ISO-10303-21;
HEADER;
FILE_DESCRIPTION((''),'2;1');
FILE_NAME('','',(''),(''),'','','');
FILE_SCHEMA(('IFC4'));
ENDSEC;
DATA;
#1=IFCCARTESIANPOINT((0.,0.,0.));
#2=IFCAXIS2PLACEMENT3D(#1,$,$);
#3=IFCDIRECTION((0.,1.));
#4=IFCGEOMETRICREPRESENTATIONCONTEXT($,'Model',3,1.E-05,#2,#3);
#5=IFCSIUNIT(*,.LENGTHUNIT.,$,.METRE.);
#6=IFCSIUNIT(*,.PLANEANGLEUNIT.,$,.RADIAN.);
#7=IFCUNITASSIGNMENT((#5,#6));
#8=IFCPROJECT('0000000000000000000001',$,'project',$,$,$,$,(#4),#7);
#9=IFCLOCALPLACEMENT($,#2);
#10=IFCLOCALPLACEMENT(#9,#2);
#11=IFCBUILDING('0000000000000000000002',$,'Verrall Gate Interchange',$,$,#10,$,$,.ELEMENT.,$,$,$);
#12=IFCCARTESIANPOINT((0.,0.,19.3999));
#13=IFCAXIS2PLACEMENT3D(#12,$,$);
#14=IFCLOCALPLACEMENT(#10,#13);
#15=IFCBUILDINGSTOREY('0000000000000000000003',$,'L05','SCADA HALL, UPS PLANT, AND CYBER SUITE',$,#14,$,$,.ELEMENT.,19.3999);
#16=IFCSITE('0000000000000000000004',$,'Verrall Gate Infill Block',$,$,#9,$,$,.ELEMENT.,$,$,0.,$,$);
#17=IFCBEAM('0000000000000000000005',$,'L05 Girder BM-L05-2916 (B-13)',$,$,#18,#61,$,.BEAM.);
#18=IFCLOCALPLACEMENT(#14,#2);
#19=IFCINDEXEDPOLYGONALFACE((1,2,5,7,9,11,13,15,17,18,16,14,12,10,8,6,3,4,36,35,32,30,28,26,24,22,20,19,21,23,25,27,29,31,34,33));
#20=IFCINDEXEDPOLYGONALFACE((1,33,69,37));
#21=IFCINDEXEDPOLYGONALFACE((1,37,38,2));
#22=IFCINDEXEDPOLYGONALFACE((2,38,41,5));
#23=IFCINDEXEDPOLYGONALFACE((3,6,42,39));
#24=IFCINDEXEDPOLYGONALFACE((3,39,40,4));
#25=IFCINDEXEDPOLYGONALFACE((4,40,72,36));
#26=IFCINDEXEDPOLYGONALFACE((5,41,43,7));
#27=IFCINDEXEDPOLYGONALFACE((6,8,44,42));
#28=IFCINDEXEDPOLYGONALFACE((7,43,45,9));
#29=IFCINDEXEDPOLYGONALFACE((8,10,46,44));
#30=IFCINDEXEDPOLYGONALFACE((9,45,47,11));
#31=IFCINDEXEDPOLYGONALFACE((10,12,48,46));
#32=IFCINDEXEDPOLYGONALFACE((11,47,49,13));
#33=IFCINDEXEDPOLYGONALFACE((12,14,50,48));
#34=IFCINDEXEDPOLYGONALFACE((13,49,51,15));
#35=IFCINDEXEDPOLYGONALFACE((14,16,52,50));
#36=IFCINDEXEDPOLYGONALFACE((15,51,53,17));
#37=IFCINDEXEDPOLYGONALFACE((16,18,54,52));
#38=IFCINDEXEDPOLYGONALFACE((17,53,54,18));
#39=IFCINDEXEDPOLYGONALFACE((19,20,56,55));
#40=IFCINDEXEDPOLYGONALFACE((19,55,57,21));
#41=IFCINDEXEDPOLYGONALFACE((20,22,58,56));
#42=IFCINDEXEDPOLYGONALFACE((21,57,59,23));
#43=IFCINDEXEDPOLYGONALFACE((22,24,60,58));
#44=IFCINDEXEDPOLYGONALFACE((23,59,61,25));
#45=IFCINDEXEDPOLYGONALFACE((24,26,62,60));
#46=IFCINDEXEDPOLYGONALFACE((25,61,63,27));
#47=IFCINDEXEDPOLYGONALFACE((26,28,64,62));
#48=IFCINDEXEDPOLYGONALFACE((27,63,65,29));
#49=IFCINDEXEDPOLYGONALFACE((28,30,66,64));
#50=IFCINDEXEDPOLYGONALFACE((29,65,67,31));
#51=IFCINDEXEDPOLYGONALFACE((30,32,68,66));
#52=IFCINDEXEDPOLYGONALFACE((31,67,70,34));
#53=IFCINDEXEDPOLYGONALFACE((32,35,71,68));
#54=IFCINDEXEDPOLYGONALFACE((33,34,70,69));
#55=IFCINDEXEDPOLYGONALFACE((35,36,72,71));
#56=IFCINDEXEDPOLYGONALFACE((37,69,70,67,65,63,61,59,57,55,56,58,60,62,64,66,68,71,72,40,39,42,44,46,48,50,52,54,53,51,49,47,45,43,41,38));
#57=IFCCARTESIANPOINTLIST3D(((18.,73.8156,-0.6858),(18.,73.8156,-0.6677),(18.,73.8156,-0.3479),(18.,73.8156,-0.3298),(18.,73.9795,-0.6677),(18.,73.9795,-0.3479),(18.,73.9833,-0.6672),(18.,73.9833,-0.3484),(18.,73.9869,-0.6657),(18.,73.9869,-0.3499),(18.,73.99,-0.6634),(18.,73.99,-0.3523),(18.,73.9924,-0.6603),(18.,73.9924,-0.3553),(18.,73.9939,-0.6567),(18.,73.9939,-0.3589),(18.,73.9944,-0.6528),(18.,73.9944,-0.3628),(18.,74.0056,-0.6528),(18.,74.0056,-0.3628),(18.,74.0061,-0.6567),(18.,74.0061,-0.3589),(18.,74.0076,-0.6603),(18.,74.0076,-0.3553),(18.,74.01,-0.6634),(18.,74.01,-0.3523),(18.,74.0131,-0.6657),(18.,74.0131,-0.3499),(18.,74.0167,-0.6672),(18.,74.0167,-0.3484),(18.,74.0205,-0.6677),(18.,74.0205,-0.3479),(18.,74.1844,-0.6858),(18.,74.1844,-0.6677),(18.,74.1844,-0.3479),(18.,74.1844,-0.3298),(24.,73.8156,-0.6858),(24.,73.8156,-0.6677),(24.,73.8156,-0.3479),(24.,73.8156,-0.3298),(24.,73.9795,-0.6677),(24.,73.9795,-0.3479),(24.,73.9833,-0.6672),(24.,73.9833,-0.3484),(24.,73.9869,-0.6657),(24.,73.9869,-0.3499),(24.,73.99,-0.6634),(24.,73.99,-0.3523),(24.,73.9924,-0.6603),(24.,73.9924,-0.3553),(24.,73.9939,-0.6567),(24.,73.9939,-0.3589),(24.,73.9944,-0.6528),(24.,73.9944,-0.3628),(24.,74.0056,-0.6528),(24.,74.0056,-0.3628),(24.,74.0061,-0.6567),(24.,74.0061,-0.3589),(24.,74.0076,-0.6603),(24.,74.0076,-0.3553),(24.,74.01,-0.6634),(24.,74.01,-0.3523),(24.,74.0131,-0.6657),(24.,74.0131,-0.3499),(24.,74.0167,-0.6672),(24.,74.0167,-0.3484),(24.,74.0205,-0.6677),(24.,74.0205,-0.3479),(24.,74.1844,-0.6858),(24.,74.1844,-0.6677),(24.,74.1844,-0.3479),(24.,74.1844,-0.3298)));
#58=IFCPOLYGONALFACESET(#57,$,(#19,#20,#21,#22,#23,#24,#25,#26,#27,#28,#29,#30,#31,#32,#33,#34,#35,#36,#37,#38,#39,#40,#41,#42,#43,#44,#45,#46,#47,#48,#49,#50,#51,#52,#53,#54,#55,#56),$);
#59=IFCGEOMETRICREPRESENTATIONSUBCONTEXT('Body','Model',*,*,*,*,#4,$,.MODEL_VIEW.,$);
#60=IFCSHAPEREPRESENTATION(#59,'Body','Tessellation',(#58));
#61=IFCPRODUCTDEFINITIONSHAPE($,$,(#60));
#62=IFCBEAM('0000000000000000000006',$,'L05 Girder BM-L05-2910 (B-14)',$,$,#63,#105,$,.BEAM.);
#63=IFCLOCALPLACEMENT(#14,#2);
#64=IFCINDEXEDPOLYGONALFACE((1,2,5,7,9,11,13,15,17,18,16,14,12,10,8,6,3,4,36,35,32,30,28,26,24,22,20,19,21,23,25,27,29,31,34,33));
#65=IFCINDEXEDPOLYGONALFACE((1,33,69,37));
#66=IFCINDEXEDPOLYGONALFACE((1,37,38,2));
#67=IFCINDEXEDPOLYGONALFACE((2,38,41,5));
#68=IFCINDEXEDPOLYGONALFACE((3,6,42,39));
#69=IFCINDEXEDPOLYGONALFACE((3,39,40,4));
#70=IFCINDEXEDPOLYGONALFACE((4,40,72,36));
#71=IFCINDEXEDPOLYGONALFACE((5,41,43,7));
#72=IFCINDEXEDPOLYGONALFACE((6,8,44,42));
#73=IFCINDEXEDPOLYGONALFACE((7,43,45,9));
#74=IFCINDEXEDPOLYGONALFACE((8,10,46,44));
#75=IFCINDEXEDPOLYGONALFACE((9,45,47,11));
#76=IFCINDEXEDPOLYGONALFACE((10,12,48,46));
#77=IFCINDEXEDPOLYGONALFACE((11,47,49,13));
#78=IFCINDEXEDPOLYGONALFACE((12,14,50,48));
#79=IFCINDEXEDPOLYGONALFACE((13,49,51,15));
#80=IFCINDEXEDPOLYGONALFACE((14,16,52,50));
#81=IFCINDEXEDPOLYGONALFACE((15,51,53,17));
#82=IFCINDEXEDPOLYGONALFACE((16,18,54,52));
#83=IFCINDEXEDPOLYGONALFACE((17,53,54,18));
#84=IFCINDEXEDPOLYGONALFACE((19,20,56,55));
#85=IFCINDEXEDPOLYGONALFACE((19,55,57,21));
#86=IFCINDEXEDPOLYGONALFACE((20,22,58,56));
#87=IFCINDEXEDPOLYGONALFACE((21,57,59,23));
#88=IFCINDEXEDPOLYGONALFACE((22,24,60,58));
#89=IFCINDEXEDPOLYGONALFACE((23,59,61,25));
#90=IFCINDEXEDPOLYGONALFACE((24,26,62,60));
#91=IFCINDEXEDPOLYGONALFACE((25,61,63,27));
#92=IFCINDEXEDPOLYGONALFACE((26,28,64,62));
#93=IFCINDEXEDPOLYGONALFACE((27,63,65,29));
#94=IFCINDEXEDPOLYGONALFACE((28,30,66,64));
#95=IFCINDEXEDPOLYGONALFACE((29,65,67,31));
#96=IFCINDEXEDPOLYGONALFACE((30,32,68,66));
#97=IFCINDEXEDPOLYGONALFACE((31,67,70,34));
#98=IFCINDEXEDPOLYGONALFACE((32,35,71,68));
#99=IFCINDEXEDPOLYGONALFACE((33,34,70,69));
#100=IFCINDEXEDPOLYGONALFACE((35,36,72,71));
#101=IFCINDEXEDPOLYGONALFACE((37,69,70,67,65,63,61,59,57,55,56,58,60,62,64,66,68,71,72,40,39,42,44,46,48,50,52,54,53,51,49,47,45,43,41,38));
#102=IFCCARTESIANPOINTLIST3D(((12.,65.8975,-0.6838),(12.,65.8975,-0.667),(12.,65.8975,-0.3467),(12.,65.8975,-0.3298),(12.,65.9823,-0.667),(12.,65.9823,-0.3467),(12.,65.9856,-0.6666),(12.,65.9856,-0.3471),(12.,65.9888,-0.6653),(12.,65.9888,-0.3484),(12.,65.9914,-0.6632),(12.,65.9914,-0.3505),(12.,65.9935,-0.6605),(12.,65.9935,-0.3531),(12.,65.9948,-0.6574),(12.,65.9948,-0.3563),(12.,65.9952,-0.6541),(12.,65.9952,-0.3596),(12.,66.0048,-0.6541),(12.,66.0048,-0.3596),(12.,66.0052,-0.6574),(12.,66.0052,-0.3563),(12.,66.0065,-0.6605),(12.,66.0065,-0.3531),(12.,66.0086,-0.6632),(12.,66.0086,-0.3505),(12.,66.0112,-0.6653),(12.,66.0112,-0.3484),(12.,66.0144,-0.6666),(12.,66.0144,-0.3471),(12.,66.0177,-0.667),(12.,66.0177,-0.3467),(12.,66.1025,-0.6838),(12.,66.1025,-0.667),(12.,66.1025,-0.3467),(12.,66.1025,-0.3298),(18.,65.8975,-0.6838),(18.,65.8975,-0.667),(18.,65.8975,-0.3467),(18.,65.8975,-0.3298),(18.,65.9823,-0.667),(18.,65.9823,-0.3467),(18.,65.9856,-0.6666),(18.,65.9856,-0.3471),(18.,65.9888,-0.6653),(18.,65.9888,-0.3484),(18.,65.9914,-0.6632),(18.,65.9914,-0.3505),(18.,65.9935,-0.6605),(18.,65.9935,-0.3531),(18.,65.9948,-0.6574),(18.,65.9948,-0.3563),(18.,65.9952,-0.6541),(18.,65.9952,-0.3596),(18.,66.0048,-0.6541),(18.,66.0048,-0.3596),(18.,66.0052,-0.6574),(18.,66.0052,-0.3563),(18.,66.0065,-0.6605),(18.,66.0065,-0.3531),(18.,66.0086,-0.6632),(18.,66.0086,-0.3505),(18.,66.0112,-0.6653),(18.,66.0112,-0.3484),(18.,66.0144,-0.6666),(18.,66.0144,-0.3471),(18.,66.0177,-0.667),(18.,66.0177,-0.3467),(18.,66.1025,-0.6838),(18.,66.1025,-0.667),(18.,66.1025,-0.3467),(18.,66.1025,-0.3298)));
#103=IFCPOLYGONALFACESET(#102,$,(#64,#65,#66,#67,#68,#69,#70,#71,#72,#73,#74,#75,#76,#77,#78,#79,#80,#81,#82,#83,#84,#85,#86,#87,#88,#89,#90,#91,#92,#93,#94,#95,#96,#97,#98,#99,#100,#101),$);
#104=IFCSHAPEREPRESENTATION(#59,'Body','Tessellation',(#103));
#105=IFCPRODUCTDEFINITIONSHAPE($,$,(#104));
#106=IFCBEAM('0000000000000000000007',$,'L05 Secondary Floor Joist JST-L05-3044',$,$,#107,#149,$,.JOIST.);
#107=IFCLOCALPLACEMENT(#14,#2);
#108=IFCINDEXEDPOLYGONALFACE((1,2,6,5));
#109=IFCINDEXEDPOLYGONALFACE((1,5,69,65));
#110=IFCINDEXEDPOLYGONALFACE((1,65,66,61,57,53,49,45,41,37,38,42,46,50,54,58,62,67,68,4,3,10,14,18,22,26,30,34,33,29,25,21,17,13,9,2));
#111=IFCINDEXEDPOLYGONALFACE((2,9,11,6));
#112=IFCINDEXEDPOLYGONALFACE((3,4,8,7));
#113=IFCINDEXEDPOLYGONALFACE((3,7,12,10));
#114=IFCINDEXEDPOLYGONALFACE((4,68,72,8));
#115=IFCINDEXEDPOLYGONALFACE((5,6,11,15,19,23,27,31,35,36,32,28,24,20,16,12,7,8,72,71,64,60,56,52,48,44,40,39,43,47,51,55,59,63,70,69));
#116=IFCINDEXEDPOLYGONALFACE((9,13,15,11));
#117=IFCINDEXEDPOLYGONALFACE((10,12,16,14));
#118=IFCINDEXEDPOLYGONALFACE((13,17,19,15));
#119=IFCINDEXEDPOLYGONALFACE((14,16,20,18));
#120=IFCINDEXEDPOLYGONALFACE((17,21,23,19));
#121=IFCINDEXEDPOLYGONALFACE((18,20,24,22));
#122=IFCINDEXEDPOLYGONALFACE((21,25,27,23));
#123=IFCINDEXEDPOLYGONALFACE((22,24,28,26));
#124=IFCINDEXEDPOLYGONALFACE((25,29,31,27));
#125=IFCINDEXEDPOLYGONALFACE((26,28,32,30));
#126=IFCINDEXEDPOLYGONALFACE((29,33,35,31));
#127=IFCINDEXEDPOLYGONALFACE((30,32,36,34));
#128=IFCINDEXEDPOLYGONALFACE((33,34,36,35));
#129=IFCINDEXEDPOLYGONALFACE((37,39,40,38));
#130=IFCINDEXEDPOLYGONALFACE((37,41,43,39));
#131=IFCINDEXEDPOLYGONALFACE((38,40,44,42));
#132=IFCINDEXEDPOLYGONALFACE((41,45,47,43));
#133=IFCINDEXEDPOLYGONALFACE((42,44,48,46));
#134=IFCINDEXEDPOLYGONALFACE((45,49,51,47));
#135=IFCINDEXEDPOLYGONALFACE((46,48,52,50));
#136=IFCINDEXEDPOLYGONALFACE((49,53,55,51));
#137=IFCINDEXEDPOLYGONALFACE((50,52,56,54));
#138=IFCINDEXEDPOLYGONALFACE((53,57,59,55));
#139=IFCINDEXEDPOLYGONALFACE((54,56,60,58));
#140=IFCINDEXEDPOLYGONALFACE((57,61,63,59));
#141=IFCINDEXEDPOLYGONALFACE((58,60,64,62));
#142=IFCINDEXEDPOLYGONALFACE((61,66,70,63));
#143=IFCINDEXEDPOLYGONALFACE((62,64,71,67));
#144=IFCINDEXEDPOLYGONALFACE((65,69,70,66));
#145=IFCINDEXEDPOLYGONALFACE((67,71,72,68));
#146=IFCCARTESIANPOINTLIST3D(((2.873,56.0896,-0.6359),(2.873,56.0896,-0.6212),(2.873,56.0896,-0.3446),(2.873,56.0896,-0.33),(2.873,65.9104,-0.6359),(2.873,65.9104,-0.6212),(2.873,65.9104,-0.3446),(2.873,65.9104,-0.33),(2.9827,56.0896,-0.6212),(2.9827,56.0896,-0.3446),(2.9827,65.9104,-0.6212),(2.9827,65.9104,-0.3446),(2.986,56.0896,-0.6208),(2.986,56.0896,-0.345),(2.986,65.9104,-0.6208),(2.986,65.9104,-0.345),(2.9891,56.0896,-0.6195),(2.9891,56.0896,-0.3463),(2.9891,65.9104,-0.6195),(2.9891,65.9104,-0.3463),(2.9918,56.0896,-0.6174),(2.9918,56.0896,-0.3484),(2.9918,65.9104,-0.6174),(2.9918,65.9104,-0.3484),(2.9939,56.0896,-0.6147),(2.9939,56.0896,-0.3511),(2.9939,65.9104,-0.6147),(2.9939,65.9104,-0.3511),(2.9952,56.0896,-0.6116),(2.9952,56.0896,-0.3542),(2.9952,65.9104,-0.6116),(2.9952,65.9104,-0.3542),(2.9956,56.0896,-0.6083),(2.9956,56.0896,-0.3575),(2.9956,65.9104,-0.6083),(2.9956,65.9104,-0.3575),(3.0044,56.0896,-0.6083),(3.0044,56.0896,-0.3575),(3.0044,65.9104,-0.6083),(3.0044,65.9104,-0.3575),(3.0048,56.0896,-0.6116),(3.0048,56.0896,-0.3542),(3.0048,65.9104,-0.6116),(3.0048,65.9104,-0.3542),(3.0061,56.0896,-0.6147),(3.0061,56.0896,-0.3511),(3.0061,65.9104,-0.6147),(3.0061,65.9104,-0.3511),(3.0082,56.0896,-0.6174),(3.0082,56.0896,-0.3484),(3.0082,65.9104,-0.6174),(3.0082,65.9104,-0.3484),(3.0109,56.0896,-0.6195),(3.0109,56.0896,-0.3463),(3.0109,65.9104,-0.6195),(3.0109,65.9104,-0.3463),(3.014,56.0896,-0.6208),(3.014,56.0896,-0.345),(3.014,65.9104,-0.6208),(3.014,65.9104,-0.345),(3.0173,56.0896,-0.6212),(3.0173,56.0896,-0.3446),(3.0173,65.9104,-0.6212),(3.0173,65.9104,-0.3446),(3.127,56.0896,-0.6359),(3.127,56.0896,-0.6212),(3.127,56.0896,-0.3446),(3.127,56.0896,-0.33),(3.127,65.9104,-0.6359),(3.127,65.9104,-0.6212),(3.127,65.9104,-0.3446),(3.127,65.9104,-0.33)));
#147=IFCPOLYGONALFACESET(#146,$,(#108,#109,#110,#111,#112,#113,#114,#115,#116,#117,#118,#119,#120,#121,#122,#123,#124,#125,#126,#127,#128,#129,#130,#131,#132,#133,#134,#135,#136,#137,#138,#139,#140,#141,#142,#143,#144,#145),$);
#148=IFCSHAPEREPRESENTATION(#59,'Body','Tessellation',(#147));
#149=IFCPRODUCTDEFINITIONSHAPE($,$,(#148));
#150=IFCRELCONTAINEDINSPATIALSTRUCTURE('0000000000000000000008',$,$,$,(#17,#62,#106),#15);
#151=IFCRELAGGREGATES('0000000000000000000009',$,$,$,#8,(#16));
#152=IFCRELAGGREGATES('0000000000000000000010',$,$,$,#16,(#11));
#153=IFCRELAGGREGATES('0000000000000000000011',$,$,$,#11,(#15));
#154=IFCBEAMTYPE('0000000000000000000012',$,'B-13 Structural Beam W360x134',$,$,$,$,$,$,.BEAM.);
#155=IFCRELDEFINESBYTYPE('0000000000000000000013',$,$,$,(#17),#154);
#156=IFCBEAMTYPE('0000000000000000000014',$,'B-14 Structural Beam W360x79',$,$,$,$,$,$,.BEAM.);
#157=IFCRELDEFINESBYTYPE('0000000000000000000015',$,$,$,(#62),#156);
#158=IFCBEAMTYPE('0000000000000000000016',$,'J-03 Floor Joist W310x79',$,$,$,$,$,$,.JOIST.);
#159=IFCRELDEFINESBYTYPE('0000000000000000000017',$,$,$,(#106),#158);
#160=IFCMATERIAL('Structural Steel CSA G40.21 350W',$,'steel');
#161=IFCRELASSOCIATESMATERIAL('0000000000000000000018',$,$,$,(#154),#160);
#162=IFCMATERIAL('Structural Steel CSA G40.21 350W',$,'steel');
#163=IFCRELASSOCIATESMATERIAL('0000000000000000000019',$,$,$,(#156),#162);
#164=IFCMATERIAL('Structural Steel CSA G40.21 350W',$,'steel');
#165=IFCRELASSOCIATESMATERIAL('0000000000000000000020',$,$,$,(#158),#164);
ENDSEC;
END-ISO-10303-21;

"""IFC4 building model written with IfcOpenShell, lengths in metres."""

from ifc_helpers import new_model, si_unit, direction, frame, origin, origin_2d, place, context, subcontext, project, spatial, i_section, extrude, material, material_profile, profile_set, type_object, element, save


model = new_model("IFC4")

# Units and contexts
model_context = context("Model", 3, precision=1e-05, world=origin(), true_north=direction((0.0, 1.0)))
body_context = subcontext(model_context, "Body", "Model", "MODEL_VIEW")
ifc_project = project(units=[si_unit("LENGTHUNIT", "METRE"), si_unit("PLANEANGLEUNIT", "RADIAN")], contexts=[model_context])

# Site, building, storey
site_placement = place(None, origin())
site = spatial("IfcSite", under=ifc_project, at=site_placement, Name="Verrall Gate Infill Block", CompositionType="ELEMENT", RefElevation=0.0)
building_placement = place(site_placement, origin())
building = spatial("IfcBuilding", under=site, at=building_placement, Name="Verrall Gate Interchange", CompositionType="ELEMENT")
storey_placement = place(building_placement, frame((0.0, 0.0, 19.3999)))
storey = spatial("IfcBuildingStorey", under=building, at=storey_placement, Name="L05", Description="SCADA HALL, UPS PLANT, AND CYBER SUITE", CompositionType="ELEMENT", Elevation=19.3999)

# Beams
ifc_material_1 = material(Name="Structural Steel CSA G40.21 350W", Category="steel")
ifc_material_profile_1 = material_profile(ifc_material_1, i_section(OverallWidth=0.3689, OverallDepth=0.356, WebThickness=0.0112, FlangeThickness=0.0181, FilletRadius=0.0149, at=origin_2d()), Name="W360x134")
ifc_profile_set_1 = profile_set([ifc_material_profile_1], Name="Structural Steel CSA G40.21 350W")
beam_type_1 = type_object("IfcBeamType", Name="B-13 Structural Beam W360x134", PredefinedType="BEAM", material=ifc_profile_set_1)
for number, where, z_axis, x_axis, name in (
    (1, (18.0, 74.0, -0.5078), (1.0, 0.0, 0.0), (0.0, 1.0, 0.0), "L05 Girder BM-L05-2916 (B-13)"),
):
    element("IfcBeam", number, at=place(storey_placement, frame(where, z_axis=z_axis, x_axis=x_axis)), inside=storey, type_object=beam_type_1, Name=name, PredefinedType="BEAM", context=body_context, shape_type="SweptSolid", body=[
        extrude(i_section(OverallWidth=0.3689, OverallDepth=0.356, WebThickness=0.0112, FlangeThickness=0.0181, FilletRadius=0.0149, at=origin_2d()), origin(), (0.0, 0.0, 1.0), 6.0),
    ])
ifc_material_2 = material(Name="Structural Steel CSA G40.21 350W", Category="steel")
ifc_material_profile_2 = material_profile(ifc_material_2, i_section(OverallWidth=0.2051, OverallDepth=0.354, WebThickness=0.0095, FlangeThickness=0.0168, FilletRadius=0.0129, at=origin_2d()), Name="W360x79")
ifc_profile_set_2 = profile_set([ifc_material_profile_2], Name="Structural Steel CSA G40.21 350W")
beam_type_2 = type_object("IfcBeamType", Name="B-14 Structural Beam W360x79", PredefinedType="BEAM", material=ifc_profile_set_2)
beam_1_placement = place(storey_placement, frame((12.0, 66.0, -0.5068), z_axis=(1.0, 0.0, 0.0), x_axis=(0.0, 1.0, 0.0)))
element("IfcBeam", 2, at=beam_1_placement, inside=storey, type_object=beam_type_2, Name="L05 Girder BM-L05-2910 (B-14)", PredefinedType="BEAM", context=body_context, shape_type="SweptSolid", body=[
    extrude(i_section(OverallWidth=0.2051, OverallDepth=0.354, WebThickness=0.0095, FlangeThickness=0.0168, FilletRadius=0.0129, at=origin_2d()), origin(), (0.0, 0.0, 1.0), 6.0),
])
ifc_material_3 = material(Name="Structural Steel CSA G40.21 350W", Category="steel")
ifc_material_profile_3 = material_profile(ifc_material_3, i_section(OverallWidth=0.2539, OverallDepth=0.3059, WebThickness=0.0088, FlangeThickness=0.0146, FilletRadius=0.0129, at=origin_2d()), Name="W310x79")
ifc_profile_set_3 = profile_set([ifc_material_profile_3], Name="Structural Steel CSA G40.21 350W")
beam_type_3 = type_object("IfcBeamType", Name="J-03 Floor Joist W310x79", PredefinedType="JOIST", material=ifc_profile_set_3)
beam_2_placement = place(storey_placement, frame((3.0, 56.0896, -0.4829), z_axis=(0.0, 1.0, 0.0), x_axis=(-1.0, 0.0, 0.0)))
element("IfcBeam", 3, at=beam_2_placement, inside=storey, type_object=beam_type_3, Name="L05 Secondary Floor Joist JST-L05-3044", PredefinedType="JOIST", context=body_context, shape_type="SweptSolid", body=[
    extrude(i_section(OverallWidth=0.2539, OverallDepth=0.3059, WebThickness=0.0088, FlangeThickness=0.0146, FilletRadius=0.0129, at=origin_2d()), origin(), (0.0, 0.0, 1.0), 9.8208),
])

save(model, "model.ifc")
